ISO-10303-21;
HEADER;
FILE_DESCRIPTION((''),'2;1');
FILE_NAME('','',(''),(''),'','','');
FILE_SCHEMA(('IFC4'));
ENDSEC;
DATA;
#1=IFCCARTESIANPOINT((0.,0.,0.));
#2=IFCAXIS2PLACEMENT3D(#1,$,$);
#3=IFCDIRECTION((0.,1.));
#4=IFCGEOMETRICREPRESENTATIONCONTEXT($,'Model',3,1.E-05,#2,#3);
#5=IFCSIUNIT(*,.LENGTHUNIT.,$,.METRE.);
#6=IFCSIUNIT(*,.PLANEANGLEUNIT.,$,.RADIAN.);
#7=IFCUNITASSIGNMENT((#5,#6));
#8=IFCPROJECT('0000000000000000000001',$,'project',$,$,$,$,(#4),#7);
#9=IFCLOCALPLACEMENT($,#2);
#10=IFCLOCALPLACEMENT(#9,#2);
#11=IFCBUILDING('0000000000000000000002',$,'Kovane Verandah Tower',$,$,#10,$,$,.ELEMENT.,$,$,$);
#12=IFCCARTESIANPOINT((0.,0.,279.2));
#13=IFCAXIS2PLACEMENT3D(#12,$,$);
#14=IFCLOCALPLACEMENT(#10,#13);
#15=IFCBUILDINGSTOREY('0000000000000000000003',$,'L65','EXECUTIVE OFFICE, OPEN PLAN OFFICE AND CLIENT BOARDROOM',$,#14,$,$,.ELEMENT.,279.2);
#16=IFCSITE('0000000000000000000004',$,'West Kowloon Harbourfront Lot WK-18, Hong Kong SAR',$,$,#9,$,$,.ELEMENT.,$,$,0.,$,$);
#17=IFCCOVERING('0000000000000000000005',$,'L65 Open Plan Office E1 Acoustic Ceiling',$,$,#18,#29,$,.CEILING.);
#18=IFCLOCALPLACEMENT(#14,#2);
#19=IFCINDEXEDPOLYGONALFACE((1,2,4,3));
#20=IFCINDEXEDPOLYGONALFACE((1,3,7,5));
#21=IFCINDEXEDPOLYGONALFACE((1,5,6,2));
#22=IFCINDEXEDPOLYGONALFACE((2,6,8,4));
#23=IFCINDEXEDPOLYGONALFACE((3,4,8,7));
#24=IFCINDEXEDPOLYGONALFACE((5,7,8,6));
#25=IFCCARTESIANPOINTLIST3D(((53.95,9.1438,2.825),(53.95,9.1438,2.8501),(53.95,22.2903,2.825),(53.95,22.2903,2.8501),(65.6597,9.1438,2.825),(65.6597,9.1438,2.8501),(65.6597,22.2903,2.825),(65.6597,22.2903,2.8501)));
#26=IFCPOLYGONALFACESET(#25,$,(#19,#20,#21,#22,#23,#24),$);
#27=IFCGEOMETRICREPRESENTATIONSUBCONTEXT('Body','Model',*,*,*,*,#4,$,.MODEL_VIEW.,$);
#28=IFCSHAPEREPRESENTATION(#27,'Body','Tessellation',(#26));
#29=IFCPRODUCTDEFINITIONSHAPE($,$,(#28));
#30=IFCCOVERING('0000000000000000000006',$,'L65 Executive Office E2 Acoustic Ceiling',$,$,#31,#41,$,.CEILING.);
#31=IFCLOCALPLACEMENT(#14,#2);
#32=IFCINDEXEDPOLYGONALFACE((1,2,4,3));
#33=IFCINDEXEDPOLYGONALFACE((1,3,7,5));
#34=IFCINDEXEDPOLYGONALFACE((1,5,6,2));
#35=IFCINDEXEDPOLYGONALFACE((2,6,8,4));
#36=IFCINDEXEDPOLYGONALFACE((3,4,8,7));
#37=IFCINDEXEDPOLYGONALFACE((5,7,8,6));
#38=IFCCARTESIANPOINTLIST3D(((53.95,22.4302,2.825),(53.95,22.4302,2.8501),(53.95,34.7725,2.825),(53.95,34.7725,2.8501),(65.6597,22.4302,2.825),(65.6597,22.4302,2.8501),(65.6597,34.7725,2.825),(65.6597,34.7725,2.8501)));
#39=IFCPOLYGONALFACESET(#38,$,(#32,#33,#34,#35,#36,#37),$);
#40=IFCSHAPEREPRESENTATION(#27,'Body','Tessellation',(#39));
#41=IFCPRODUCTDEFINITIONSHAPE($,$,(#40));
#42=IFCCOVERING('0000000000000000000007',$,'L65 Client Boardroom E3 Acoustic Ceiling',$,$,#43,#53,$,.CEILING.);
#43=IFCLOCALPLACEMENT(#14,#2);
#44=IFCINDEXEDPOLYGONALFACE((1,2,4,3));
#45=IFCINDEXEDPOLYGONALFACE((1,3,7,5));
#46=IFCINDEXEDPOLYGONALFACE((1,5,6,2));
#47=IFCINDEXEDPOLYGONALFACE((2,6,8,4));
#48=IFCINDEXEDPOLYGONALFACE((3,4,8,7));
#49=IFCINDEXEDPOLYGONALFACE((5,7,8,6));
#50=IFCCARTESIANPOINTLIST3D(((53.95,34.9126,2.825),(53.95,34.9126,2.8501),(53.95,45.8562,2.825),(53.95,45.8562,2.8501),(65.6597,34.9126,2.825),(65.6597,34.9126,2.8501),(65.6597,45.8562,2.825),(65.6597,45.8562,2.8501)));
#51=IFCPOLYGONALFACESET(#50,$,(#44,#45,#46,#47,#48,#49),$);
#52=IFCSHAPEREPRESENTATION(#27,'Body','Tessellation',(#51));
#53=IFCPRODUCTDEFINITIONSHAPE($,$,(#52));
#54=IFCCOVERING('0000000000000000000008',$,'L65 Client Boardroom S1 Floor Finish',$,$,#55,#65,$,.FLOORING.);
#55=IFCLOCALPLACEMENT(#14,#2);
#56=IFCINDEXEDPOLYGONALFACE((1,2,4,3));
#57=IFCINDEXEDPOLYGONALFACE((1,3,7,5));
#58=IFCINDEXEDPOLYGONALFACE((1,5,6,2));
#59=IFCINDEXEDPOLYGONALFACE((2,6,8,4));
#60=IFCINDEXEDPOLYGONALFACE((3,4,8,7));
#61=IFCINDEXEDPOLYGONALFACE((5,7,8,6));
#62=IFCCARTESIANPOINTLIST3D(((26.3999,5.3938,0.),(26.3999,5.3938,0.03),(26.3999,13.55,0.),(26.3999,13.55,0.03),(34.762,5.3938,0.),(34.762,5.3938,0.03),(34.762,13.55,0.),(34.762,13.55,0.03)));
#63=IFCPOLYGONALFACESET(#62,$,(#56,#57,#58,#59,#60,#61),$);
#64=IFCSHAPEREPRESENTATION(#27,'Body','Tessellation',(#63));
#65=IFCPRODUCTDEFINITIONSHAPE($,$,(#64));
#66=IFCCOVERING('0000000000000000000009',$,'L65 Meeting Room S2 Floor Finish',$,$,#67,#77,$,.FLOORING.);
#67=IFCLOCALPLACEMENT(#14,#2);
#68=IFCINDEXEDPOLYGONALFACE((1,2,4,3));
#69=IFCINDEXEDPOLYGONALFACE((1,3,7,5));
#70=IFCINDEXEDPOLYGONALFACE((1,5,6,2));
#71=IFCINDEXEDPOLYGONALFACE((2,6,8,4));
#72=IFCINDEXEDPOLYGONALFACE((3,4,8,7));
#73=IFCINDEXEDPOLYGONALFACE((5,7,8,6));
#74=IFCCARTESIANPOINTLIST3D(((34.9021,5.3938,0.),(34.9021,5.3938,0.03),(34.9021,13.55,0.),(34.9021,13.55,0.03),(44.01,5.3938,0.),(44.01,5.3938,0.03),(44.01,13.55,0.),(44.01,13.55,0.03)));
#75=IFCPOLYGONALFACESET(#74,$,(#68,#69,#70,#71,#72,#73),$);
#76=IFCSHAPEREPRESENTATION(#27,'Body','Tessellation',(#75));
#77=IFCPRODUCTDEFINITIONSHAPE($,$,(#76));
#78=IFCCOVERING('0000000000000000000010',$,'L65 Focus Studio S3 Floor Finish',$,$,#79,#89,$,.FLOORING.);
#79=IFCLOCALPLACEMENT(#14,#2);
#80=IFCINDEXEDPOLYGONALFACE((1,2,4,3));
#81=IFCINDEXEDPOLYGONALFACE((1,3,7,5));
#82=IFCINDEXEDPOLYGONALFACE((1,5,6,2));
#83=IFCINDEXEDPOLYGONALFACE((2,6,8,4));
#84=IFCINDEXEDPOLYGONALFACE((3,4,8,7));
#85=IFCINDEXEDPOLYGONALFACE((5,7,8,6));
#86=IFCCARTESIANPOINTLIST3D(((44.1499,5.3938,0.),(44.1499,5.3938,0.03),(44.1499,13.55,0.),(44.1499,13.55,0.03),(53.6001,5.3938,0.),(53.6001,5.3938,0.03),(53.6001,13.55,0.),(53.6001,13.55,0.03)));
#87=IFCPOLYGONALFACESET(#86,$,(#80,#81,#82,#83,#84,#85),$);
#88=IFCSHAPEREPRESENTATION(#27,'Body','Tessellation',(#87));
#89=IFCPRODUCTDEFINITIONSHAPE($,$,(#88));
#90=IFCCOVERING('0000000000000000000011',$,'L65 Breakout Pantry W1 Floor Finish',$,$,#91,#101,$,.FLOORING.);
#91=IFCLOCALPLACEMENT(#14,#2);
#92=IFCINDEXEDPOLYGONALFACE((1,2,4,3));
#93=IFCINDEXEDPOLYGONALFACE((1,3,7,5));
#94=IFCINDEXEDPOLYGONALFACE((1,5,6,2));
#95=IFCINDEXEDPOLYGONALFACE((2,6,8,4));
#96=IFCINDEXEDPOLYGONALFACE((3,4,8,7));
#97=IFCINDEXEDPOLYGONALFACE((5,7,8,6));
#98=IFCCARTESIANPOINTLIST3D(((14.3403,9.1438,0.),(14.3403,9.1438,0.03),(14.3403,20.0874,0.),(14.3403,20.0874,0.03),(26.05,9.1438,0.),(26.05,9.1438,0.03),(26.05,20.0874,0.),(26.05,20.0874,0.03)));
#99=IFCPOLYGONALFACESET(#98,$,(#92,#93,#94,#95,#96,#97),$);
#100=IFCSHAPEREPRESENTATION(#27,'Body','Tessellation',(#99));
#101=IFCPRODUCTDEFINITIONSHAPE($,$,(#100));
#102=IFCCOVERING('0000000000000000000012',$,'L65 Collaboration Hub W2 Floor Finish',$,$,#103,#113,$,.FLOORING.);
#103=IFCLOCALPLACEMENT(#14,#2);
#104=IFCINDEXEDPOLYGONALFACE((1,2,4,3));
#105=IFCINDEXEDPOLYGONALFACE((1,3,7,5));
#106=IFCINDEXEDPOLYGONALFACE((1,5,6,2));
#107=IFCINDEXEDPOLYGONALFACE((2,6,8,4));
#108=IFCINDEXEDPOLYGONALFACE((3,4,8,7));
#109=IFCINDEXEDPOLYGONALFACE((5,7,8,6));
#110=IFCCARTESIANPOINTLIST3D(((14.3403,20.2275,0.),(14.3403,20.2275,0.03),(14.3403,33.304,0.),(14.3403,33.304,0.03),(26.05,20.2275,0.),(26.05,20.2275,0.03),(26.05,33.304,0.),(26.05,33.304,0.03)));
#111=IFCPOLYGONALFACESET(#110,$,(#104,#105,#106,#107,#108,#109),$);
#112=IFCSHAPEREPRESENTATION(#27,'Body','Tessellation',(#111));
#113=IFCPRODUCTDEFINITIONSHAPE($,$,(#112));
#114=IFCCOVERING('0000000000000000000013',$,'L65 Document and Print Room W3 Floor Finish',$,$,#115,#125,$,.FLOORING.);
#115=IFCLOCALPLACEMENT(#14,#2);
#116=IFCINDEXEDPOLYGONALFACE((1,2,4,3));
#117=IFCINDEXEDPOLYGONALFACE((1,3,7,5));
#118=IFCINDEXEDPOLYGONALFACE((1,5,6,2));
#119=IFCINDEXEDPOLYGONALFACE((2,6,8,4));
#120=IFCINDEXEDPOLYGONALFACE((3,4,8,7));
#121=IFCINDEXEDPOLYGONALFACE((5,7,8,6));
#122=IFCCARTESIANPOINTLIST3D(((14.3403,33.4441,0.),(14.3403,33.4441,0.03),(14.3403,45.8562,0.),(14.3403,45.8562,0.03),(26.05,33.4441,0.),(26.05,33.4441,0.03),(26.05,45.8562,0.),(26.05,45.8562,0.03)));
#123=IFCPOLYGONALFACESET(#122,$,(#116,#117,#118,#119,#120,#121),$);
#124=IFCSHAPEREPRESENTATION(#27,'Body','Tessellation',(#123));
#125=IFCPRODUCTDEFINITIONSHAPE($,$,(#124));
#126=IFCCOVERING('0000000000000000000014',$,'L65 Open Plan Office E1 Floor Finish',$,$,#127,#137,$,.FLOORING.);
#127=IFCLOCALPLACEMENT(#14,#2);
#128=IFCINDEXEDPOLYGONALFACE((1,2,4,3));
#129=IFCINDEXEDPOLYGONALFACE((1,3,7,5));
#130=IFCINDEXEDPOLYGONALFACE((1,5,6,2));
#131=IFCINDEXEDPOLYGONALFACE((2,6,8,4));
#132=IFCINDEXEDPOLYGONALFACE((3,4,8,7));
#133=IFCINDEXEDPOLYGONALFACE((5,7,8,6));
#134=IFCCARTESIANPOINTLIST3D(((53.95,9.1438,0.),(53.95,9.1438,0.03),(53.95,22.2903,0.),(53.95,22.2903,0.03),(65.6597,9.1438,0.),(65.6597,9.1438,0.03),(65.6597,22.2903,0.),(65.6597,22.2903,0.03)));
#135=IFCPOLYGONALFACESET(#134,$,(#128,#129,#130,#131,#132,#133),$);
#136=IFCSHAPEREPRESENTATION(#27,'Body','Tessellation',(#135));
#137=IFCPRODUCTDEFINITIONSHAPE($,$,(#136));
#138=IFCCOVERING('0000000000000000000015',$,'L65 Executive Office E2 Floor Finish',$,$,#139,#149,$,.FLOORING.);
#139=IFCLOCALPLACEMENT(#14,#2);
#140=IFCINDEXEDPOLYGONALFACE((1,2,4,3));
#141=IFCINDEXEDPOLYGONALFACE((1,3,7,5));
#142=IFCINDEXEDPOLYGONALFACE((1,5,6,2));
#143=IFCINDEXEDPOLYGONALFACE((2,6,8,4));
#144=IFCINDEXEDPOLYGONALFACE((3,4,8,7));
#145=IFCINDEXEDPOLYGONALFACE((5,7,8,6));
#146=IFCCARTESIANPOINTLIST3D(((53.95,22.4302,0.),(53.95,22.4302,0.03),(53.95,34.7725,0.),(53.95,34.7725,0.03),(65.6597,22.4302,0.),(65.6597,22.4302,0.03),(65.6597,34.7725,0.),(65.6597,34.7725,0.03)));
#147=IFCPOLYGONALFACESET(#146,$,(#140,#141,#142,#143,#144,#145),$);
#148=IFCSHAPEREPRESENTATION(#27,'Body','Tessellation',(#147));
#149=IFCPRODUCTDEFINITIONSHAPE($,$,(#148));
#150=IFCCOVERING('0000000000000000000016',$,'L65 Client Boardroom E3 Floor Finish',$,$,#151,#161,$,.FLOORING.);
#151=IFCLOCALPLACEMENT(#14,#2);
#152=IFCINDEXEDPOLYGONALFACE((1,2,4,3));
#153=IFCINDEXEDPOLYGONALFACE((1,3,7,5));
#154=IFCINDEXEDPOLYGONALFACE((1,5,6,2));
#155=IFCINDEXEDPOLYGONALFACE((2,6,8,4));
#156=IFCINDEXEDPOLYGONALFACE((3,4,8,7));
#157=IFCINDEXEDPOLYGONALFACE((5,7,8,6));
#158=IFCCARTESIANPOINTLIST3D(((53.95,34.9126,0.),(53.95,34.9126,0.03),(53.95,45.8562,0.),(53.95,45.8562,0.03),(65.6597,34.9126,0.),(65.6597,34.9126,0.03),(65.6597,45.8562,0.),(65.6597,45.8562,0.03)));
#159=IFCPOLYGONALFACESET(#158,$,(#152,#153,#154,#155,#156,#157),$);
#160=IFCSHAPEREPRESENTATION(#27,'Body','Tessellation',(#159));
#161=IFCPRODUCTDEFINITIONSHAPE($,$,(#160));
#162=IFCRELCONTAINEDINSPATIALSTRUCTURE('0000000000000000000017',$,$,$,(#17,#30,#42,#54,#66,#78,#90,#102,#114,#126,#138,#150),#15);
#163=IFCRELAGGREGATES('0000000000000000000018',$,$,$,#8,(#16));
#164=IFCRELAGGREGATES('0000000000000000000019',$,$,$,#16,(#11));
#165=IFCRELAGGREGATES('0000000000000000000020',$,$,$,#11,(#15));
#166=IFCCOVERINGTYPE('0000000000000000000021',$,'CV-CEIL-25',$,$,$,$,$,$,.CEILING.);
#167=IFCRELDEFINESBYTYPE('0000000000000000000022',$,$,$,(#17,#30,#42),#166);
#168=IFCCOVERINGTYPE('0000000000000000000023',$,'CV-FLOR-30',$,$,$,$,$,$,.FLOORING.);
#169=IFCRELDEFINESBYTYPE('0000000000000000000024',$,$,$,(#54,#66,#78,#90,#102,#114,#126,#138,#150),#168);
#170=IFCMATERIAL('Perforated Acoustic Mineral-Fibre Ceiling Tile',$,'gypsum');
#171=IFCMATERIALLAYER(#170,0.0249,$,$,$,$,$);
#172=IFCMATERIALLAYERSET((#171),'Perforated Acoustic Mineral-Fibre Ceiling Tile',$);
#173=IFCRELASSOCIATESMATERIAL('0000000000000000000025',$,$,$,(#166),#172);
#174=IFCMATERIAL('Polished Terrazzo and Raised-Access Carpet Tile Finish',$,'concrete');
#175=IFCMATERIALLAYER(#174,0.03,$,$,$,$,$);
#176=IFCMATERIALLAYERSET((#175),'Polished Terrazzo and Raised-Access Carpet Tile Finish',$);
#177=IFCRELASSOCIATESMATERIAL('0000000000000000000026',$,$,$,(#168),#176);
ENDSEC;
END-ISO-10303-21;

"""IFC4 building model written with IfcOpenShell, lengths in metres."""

from ifc_helpers import new_model, si_unit, direction, frame, origin, place, context, subcontext, project, spatial, polyline, outline, extrude, material, layer, layer_set, type_object, element, save


model = new_model("IFC4")

# Units and contexts
model_context = context("Model", 3, precision=1e-05, world=origin(), true_north=direction((0.0, 1.0)))
body_context = subcontext(model_context, "Body", "Model", "MODEL_VIEW")
ifc_project = project(units=[si_unit("LENGTHUNIT", "METRE"), si_unit("PLANEANGLEUNIT", "RADIAN")], contexts=[model_context])

# Site, building, storey
site_placement = place(None, origin())
site = spatial("IfcSite", under=ifc_project, at=site_placement, Name="West Kowloon Harbourfront Lot WK-18, Hong Kong SAR", CompositionType="ELEMENT", RefElevation=0.0)
building_placement = place(site_placement, origin())
building = spatial("IfcBuilding", under=site, at=building_placement, Name="Kovane Verandah Tower", CompositionType="ELEMENT")
storey_placement = place(building_placement, frame((0.0, 0.0, 279.2)))
storey = spatial("IfcBuildingStorey", under=building, at=storey_placement, Name="L65", Description="EXECUTIVE OFFICE, OPEN PLAN OFFICE AND CLIENT BOARDROOM", CompositionType="ELEMENT", Elevation=279.2)

# Coverings
ifc_material_1 = material(Name="Perforated Acoustic Mineral-Fibre Ceiling Tile", Category="gypsum")
ifc_layer_1 = layer(ifc_material_1, 0.0249)
ifc_layer_set_1 = layer_set([ifc_layer_1], Name="Perforated Acoustic Mineral-Fibre Ceiling Tile")
covering_type_1 = type_object("IfcCoveringType", Name="CV-CEIL-25", PredefinedType="CEILING", material=ifc_layer_set_1)
covering_1_placement = place(storey_placement, frame((0.0, 0.0, 2.825)))
element("IfcCovering", 1, at=covering_1_placement, inside=storey, type_object=covering_type_1, Name="L65 Open Plan Office E1 Acoustic Ceiling", PredefinedType="CEILING", context=body_context, shape_type="SweptSolid", body=[
    extrude(outline(polyline([(53.95, 9.1438), (65.6597, 9.1438), (65.6597, 22.2903), (53.95, 22.2903), (53.95, 9.1438)])), origin(), (0.0, 0.0, 1.0), 0.0251),
])
covering_2_placement = place(storey_placement, frame((0.0, 0.0, 2.825)))
element("IfcCovering", 2, at=covering_2_placement, inside=storey, type_object=covering_type_1, Name="L65 Executive Office E2 Acoustic Ceiling", PredefinedType="CEILING", context=body_context, shape_type="SweptSolid", body=[
    extrude(outline(polyline([(53.95, 22.4302), (65.6597, 22.4302), (65.6597, 34.7725), (53.95, 34.7725), (53.95, 22.4302)])), origin(), (0.0, 0.0, 1.0), 0.0251),
])
covering_3_placement = place(storey_placement, frame((0.0, 0.0, 2.825)))
element("IfcCovering", 3, at=covering_3_placement, inside=storey, type_object=covering_type_1, Name="L65 Client Boardroom E3 Acoustic Ceiling", PredefinedType="CEILING", context=body_context, shape_type="SweptSolid", body=[
    extrude(outline(polyline([(53.95, 34.9126), (65.6597, 34.9126), (65.6597, 45.8562), (53.95, 45.8562), (53.95, 34.9126)])), origin(), (0.0, 0.0, 1.0), 0.0251),
])
ifc_material_2 = material(Name="Polished Terrazzo and Raised-Access Carpet Tile Finish", Category="concrete")
ifc_layer_2 = layer(ifc_material_2, 0.03)
ifc_layer_set_2 = layer_set([ifc_layer_2], Name="Polished Terrazzo and Raised-Access Carpet Tile Finish")
covering_type_2 = type_object("IfcCoveringType", Name="CV-FLOR-30", PredefinedType="FLOORING", material=ifc_layer_set_2)
covering_4_placement = place(storey_placement, origin())
element("IfcCovering", 4, at=covering_4_placement, inside=storey, type_object=covering_type_2, Name="L65 Client Boardroom S1 Floor Finish", PredefinedType="FLOORING", context=body_context, shape_type="SweptSolid", body=[
    extrude(outline(polyline([(26.3999, 5.3938), (34.762, 5.3938), (34.762, 13.55), (26.3999, 13.55), (26.3999, 5.3938)])), origin(), (0.0, 0.0, 1.0), 0.03),
])
covering_5_placement = place(storey_placement, origin())
element("IfcCovering", 5, at=covering_5_placement, inside=storey, type_object=covering_type_2, Name="L65 Meeting Room S2 Floor Finish", PredefinedType="FLOORING", context=body_context, shape_type="SweptSolid", body=[
    extrude(outline(polyline([(34.9021, 5.3938), (44.01, 5.3938), (44.01, 13.55), (34.9021, 13.55), (34.9021, 5.3938)])), origin(), (0.0, 0.0, 1.0), 0.03),
])
covering_6_placement = place(storey_placement, origin())
element("IfcCovering", 6, at=covering_6_placement, inside=storey, type_object=covering_type_2, Name="L65 Focus Studio S3 Floor Finish", PredefinedType="FLOORING", context=body_context, shape_type="SweptSolid", body=[
    extrude(outline(polyline([(44.1499, 5.3938), (53.6001, 5.3938), (53.6001, 13.55), (44.1499, 13.55), (44.1499, 5.3938)])), origin(), (0.0, 0.0, 1.0), 0.03),
])
covering_7_placement = place(storey_placement, origin())
element("IfcCovering", 7, at=covering_7_placement, inside=storey, type_object=covering_type_2, Name="L65 Breakout Pantry W1 Floor Finish", PredefinedType="FLOORING", context=body_context, shape_type="SweptSolid", body=[
    extrude(outline(polyline([(14.3403, 9.1438), (26.05, 9.1438), (26.05, 20.0874), (14.3403, 20.0874), (14.3403, 9.1438)])), origin(), (0.0, 0.0, 1.0), 0.03),
])
covering_8_placement = place(storey_placement, origin())
element("IfcCovering", 8, at=covering_8_placement, inside=storey, type_object=covering_type_2, Name="L65 Collaboration Hub W2 Floor Finish", PredefinedType="FLOORING", context=body_context, shape_type="SweptSolid", body=[
    extrude(outline(polyline([(14.3403, 20.2275), (26.05, 20.2275), (26.05, 33.304), (14.3403, 33.304), (14.3403, 20.2275)])), origin(), (0.0, 0.0, 1.0), 0.03),
])
covering_9_placement = place(storey_placement, origin())
element("IfcCovering", 9, at=covering_9_placement, inside=storey, type_object=covering_type_2, Name="L65 Document and Print Room W3 Floor Finish", PredefinedType="FLOORING", context=body_context, shape_type="SweptSolid", body=[
    extrude(outline(polyline([(14.3403, 33.4441), (26.05, 33.4441), (26.05, 45.8562), (14.3403, 45.8562), (14.3403, 33.4441)])), origin(), (0.0, 0.0, 1.0), 0.03),
])
covering_10_placement = place(storey_placement, origin())
element("IfcCovering", 10, at=covering_10_placement, inside=storey, type_object=covering_type_2, Name="L65 Open Plan Office E1 Floor Finish", PredefinedType="FLOORING", context=body_context, shape_type="SweptSolid", body=[
    extrude(outline(polyline([(53.95, 9.1438), (65.6597, 9.1438), (65.6597, 22.2903), (53.95, 22.2903), (53.95, 9.1438)])), origin(), (0.0, 0.0, 1.0), 0.03),
])
covering_11_placement = place(storey_placement, origin())
element("IfcCovering", 11, at=covering_11_placement, inside=storey, type_object=covering_type_2, Name="L65 Executive Office E2 Floor Finish", PredefinedType="FLOORING", context=body_context, shape_type="SweptSolid", body=[
    extrude(outline(polyline([(53.95, 22.4302), (65.6597, 22.4302), (65.6597, 34.7725), (53.95, 34.7725), (53.95, 22.4302)])), origin(), (0.0, 0.0, 1.0), 0.03),
])
covering_12_placement = place(storey_placement, origin())
element("IfcCovering", 12, at=covering_12_placement, inside=storey, type_object=covering_type_2, Name="L65 Client Boardroom E3 Floor Finish", PredefinedType="FLOORING", context=body_context, shape_type="SweptSolid", body=[
    extrude(outline(polyline([(53.95, 34.9126), (65.6597, 34.9126), (65.6597, 45.8562), (53.95, 45.8562), (53.95, 34.9126)])), origin(), (0.0, 0.0, 1.0), 0.03),
])

save(model, "model.ifc")
